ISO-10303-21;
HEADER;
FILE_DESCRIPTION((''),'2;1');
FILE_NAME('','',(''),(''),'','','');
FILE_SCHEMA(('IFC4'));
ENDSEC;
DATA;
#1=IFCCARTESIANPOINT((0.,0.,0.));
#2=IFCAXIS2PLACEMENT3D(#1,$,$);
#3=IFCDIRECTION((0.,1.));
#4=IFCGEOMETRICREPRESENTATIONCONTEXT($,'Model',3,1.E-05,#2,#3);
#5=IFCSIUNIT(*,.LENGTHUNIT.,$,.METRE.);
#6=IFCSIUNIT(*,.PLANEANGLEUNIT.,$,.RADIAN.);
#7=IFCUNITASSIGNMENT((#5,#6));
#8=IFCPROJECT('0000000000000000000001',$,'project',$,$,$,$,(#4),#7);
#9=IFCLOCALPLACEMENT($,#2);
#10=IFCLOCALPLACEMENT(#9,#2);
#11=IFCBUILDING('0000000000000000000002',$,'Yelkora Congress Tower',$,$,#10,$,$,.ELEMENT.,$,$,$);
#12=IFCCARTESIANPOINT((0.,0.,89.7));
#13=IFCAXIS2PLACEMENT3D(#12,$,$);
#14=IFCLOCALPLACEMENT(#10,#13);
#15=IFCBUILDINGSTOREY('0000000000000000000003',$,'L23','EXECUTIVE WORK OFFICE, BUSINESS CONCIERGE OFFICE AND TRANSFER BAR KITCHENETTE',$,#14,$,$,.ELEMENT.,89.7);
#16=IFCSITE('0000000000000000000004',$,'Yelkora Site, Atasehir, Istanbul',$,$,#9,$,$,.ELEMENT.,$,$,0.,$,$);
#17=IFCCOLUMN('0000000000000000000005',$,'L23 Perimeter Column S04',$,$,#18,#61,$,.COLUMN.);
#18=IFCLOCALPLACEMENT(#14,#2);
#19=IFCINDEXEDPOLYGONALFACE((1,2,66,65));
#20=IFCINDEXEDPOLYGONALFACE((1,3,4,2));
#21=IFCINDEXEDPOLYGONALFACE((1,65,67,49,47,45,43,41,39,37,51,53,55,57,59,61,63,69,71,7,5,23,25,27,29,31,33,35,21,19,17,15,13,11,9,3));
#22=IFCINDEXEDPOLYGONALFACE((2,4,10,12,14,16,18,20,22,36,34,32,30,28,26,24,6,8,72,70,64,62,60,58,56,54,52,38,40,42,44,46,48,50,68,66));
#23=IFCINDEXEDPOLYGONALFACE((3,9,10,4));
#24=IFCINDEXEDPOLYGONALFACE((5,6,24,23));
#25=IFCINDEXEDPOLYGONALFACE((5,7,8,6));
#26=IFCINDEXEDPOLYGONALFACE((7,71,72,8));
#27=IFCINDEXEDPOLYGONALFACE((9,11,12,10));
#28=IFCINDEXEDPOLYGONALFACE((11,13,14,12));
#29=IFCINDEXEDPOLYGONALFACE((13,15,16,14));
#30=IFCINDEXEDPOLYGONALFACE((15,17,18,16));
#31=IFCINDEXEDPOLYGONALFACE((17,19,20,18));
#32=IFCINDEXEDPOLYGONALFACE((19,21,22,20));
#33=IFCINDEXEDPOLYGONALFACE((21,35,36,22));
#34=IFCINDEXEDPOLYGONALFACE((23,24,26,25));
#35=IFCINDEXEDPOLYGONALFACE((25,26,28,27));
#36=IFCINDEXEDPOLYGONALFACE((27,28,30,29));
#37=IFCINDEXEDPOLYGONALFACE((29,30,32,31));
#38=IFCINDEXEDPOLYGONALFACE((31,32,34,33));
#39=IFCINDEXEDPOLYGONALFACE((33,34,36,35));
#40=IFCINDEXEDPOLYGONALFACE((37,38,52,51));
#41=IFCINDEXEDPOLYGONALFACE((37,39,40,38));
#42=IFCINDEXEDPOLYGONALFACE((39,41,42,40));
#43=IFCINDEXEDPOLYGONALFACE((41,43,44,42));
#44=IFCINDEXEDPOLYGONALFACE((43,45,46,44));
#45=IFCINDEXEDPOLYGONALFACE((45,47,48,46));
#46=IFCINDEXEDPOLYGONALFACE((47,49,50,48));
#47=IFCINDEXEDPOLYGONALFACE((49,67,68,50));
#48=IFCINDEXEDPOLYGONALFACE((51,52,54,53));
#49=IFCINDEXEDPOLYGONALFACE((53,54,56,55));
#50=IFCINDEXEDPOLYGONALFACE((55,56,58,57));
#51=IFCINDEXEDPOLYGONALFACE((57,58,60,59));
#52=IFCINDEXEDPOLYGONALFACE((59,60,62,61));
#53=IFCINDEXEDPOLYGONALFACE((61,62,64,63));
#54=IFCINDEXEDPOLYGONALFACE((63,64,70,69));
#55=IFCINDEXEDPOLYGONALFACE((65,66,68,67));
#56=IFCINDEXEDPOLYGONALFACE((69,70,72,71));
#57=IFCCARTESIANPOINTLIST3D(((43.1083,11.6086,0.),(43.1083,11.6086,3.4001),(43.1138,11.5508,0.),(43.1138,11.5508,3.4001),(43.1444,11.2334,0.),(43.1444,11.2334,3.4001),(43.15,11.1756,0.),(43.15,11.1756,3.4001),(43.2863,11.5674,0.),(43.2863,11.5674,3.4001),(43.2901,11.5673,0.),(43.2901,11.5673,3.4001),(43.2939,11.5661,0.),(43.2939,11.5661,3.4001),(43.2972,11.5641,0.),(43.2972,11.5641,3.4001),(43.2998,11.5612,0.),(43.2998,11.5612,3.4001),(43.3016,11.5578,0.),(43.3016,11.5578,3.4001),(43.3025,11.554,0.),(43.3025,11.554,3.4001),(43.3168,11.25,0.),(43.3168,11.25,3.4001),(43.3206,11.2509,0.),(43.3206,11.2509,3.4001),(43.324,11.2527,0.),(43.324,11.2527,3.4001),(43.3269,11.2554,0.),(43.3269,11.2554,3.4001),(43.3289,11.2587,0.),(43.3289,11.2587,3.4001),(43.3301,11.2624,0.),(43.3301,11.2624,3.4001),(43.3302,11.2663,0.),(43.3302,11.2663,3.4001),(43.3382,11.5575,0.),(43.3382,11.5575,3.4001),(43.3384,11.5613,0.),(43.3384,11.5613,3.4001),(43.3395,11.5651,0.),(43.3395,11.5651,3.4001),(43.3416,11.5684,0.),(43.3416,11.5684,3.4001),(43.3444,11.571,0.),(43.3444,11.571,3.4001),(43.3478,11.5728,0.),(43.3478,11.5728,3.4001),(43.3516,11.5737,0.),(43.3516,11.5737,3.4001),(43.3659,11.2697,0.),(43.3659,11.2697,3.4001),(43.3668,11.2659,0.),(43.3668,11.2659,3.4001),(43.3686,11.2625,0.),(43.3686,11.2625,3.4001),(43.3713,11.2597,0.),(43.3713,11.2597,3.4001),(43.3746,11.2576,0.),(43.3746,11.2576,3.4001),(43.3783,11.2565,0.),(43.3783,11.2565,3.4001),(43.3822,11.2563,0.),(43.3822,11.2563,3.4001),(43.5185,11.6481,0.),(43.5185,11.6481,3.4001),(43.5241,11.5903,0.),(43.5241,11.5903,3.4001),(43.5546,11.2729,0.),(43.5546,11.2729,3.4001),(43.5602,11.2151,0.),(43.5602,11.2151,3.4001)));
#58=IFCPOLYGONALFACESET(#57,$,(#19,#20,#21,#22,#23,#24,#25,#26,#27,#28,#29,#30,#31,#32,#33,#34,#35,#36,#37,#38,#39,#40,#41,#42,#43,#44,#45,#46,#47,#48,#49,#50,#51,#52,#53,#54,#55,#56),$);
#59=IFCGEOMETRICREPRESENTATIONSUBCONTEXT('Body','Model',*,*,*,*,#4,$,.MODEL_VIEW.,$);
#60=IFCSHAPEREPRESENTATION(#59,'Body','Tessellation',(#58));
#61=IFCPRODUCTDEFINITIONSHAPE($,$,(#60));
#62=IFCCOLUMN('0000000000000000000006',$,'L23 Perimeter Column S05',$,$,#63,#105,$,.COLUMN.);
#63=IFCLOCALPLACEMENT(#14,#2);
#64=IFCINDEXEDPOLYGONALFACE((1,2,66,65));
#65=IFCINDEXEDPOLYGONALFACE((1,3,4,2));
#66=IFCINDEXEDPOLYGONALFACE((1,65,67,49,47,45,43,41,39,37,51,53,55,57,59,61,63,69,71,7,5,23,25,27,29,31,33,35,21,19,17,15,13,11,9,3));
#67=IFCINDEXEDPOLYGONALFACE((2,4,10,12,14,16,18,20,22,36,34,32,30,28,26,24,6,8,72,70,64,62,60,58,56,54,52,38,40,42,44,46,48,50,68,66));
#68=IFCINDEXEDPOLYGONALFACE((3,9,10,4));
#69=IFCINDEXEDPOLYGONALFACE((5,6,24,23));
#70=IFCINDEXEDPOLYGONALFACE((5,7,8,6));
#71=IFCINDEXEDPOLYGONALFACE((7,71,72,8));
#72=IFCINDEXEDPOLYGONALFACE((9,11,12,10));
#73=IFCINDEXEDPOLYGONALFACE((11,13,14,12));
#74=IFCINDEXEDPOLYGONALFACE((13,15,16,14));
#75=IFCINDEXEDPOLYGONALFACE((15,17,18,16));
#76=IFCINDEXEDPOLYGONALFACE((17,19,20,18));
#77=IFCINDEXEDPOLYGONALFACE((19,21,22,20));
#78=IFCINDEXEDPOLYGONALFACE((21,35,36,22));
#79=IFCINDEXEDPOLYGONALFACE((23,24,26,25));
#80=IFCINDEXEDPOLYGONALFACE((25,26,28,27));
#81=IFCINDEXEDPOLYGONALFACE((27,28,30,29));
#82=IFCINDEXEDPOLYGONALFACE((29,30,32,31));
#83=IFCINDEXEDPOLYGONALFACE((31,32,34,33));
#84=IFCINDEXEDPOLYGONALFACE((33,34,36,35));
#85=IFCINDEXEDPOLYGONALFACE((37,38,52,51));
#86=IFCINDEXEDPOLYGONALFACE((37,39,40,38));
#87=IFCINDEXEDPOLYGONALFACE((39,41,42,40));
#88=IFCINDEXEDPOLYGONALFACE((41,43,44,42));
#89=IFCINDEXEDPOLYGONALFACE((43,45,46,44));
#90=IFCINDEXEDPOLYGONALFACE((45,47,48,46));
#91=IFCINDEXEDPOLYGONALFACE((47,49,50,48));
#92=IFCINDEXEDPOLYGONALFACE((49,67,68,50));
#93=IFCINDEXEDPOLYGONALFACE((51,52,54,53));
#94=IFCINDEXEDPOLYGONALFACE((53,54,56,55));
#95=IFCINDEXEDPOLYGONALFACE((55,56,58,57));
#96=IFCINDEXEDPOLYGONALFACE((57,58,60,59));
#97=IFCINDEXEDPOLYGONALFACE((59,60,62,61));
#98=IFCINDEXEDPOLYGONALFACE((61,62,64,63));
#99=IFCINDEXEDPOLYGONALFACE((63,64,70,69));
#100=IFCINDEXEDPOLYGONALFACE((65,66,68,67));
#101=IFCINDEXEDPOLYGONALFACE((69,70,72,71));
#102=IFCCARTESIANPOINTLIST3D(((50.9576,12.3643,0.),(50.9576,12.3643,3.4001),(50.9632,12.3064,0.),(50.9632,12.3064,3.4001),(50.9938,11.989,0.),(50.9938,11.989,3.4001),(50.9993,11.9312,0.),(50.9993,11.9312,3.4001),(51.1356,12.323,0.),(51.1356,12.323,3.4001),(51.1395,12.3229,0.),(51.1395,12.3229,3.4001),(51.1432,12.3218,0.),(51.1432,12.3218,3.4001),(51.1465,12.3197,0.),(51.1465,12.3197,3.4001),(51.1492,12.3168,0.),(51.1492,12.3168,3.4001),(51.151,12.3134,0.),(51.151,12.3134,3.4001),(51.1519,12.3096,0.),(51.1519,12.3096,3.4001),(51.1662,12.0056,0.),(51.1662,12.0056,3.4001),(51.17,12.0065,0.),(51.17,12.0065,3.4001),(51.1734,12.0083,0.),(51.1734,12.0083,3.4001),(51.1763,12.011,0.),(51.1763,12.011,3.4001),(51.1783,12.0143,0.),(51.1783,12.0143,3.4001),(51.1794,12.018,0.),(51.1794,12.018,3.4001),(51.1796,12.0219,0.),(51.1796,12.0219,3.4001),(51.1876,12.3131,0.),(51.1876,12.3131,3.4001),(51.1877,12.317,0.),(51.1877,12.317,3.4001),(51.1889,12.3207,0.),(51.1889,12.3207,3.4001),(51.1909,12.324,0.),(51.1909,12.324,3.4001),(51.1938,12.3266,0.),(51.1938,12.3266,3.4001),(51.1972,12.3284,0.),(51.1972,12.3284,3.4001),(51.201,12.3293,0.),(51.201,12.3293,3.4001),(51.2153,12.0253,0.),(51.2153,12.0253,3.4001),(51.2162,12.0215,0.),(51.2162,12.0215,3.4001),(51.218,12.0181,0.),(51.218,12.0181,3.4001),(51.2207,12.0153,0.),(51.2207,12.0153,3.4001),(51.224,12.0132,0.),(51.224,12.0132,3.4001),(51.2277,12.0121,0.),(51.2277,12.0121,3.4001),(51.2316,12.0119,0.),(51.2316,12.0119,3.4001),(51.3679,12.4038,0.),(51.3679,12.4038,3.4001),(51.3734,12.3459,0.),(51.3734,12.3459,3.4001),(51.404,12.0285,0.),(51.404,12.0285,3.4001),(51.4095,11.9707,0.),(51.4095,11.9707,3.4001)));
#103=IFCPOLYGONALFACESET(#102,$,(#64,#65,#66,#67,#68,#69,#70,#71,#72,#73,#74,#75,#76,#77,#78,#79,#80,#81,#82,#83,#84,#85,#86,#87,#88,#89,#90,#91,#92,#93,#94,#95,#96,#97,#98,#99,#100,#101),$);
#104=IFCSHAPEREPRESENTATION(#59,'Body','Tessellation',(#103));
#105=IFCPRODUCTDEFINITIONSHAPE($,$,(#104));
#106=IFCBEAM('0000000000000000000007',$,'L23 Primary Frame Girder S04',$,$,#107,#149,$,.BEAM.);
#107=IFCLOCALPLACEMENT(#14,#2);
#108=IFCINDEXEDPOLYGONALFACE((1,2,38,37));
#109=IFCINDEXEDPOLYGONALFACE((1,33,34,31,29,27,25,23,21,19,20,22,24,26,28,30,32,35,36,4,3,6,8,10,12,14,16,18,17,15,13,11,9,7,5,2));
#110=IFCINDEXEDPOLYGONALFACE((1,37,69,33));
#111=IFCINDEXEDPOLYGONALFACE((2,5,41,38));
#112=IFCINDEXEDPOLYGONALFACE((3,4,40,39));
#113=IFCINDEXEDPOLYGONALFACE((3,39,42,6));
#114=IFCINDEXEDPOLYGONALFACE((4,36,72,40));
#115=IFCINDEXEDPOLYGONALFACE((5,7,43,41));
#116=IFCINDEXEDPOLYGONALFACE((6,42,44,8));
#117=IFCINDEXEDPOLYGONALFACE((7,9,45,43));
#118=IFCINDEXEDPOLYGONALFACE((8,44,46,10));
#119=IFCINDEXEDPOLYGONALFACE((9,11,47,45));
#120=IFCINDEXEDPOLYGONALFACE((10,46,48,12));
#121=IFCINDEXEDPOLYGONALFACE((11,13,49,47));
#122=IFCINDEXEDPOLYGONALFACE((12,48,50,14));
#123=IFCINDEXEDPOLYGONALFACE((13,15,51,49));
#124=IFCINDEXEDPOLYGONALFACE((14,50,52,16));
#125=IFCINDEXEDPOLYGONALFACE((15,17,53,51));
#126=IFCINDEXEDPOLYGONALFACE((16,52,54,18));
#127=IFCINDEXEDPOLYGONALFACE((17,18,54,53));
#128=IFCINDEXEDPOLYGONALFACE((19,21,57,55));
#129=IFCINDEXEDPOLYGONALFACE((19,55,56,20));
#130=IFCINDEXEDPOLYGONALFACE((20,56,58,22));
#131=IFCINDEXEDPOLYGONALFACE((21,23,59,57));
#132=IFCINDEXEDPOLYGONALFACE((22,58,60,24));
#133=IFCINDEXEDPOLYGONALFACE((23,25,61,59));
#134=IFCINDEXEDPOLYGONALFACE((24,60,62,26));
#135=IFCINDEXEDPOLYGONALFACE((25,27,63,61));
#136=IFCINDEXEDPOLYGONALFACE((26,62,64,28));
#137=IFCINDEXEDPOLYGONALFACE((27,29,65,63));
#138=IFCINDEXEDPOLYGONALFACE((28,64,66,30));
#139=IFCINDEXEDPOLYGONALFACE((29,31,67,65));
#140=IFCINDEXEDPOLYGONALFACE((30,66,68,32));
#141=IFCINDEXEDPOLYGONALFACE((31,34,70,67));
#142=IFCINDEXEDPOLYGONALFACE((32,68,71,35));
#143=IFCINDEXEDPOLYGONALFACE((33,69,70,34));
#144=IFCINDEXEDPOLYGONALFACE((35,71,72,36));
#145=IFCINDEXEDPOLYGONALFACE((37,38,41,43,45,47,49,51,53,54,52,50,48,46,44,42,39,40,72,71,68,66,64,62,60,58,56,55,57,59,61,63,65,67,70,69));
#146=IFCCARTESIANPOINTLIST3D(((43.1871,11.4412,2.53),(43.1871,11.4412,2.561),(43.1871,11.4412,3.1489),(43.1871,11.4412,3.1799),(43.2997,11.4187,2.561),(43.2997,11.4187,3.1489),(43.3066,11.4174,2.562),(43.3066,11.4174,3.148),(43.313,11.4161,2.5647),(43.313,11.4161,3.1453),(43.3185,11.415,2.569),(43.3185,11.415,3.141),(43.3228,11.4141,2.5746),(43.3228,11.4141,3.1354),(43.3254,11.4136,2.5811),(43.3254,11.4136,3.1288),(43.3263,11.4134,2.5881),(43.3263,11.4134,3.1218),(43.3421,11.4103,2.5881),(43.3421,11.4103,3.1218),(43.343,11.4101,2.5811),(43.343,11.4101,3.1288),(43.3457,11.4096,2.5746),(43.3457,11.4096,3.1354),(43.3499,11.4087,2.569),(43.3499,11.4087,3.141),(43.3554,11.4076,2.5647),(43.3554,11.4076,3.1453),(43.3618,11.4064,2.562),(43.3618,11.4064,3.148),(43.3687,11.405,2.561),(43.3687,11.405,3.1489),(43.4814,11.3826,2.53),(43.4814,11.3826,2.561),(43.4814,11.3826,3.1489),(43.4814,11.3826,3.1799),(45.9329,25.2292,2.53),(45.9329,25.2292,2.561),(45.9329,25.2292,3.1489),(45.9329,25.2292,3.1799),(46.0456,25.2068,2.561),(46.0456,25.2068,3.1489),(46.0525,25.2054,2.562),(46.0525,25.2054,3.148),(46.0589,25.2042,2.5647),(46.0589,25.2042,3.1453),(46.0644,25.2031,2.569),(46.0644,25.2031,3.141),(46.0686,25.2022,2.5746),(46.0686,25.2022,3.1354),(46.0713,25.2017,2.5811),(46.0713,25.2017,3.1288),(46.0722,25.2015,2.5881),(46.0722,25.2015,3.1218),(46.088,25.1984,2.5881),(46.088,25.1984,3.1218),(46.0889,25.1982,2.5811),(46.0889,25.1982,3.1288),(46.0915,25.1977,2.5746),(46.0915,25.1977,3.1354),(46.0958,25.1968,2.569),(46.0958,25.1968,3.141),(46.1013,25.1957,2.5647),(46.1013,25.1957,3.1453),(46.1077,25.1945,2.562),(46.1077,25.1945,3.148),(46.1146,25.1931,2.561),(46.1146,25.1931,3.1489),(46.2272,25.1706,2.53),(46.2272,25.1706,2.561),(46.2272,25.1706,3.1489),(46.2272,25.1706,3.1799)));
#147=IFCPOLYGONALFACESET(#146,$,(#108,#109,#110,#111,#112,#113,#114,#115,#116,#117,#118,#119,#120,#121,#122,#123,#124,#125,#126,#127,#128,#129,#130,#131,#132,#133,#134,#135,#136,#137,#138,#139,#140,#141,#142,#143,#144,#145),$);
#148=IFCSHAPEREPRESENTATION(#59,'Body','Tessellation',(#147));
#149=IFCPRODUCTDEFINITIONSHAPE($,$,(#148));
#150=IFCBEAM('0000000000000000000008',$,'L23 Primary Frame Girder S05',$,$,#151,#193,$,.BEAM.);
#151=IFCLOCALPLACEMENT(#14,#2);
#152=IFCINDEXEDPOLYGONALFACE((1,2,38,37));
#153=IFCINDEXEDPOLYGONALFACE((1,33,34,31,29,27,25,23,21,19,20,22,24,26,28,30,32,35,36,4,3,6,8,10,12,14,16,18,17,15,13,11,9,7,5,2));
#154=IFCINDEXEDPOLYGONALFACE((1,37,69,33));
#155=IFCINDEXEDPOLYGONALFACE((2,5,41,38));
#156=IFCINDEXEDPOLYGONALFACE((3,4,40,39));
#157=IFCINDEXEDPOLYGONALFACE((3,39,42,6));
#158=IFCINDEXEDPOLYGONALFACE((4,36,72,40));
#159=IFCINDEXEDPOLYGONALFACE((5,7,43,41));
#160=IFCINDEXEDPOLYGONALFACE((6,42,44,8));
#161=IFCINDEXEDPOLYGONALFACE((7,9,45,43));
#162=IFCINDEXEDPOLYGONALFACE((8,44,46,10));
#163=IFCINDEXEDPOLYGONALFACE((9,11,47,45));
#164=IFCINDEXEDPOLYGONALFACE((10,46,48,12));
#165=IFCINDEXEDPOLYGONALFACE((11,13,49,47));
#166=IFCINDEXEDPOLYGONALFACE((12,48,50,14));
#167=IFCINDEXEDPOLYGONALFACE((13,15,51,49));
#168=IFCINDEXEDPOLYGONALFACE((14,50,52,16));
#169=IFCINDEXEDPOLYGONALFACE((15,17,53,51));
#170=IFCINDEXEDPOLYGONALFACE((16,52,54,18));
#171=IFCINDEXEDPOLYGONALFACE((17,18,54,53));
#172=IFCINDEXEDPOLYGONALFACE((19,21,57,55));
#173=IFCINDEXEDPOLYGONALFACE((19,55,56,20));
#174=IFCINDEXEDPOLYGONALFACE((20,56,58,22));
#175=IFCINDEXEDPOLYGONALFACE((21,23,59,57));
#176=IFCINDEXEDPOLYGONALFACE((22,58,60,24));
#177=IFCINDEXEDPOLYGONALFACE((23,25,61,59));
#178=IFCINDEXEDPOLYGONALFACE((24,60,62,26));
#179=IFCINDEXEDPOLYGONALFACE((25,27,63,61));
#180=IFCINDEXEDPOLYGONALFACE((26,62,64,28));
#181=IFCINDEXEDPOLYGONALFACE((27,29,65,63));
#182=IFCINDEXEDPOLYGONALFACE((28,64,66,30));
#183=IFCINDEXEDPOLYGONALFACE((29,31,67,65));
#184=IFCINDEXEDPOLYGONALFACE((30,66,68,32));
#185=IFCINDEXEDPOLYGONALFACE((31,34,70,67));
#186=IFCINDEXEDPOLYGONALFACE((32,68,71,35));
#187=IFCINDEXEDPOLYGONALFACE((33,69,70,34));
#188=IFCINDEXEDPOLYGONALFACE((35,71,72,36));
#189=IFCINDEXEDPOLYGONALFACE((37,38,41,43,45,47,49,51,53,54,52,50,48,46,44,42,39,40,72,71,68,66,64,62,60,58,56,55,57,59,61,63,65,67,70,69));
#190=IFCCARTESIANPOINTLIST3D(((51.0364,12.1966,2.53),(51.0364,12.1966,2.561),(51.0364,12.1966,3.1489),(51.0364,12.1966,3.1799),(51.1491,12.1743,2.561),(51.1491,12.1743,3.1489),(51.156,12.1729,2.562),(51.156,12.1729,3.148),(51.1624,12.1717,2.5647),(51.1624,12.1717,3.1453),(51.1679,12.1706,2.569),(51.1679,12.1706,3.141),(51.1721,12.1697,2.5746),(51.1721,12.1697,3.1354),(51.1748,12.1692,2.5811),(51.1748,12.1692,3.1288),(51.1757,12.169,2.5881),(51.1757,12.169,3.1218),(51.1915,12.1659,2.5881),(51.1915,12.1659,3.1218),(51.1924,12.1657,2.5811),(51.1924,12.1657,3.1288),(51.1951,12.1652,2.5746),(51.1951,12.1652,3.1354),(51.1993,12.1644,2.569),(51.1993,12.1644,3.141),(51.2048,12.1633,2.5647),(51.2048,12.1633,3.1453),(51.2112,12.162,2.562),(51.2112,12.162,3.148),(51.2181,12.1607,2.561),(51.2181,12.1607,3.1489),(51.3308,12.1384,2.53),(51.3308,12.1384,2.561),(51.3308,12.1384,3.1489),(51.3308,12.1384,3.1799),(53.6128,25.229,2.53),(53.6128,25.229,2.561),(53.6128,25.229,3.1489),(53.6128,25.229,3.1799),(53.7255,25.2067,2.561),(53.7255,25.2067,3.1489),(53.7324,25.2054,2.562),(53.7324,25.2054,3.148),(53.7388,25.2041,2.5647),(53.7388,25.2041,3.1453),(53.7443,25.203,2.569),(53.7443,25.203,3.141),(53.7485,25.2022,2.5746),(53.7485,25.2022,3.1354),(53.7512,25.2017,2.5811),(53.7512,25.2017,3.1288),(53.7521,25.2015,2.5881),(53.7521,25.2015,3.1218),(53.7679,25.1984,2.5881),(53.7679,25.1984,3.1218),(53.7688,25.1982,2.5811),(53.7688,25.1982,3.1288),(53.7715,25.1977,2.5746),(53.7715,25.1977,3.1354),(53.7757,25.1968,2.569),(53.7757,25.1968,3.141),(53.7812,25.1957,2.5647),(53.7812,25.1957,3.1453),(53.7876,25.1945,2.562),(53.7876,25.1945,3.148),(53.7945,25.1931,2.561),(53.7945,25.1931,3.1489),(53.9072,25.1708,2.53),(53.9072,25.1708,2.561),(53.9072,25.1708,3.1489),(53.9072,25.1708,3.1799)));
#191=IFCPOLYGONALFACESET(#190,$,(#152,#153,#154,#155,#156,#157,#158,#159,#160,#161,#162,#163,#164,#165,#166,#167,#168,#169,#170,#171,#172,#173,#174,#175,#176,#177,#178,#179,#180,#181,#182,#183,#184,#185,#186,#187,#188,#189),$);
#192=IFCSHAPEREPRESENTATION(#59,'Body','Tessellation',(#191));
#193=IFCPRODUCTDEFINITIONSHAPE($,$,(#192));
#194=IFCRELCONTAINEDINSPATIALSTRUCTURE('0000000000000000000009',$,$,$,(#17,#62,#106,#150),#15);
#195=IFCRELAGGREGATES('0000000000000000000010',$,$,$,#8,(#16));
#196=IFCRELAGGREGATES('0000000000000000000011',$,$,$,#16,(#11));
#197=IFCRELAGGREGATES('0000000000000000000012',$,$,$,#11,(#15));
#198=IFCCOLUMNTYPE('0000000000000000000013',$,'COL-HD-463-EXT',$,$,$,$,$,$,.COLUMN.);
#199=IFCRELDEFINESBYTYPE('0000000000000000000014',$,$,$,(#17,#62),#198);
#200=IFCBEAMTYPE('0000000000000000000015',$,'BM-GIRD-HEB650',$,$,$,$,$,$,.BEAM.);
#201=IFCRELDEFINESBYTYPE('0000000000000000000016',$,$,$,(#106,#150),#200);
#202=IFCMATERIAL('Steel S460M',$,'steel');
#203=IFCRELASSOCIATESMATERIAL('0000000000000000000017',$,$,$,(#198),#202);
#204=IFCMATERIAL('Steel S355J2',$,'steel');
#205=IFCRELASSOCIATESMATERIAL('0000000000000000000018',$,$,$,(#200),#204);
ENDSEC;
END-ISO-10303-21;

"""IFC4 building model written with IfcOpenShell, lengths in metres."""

from ifc_helpers import new_model, si_unit, direction, frame, origin, origin_2d, place, context, subcontext, project, spatial, i_section, extrude, material, material_profile, profile_set, type_object, element, save


model = new_model("IFC4")

# Units and contexts
model_context = context("Model", 3, precision=1e-05, world=origin(), true_north=direction((0.0, 1.0)))
body_context = subcontext(model_context, "Body", "Model", "MODEL_VIEW")
ifc_project = project(units=[si_unit("LENGTHUNIT", "METRE"), si_unit("PLANEANGLEUNIT", "RADIAN")], contexts=[model_context])

# Site, building, storey
site_placement = place(None, origin())
site = spatial("IfcSite", under=ifc_project, at=site_placement, Name="Yelkora Site, Atasehir, Istanbul", CompositionType="ELEMENT", RefElevation=0.0)
building_placement = place(site_placement, origin())
building = spatial("IfcBuilding", under=site, at=building_placement, Name="Yelkora Congress Tower", CompositionType="ELEMENT")
storey_placement = place(building_placement, frame((0.0, 0.0, 89.7)))
storey = spatial("IfcBuildingStorey", under=building, at=storey_placement, Name="L23", Description="EXECUTIVE WORK OFFICE, BUSINESS CONCIERGE OFFICE AND TRANSFER BAR KITCHENETTE", CompositionType="ELEMENT", Elevation=89.7)

# Columns
ifc_material_1 = material(Name="Steel S460M", Category="steel")
ifc_material_profile_1 = material_profile(ifc_material_1, i_section(OverallWidth=0.4121, OverallDepth=0.4351, WebThickness=0.0359, FlangeThickness=0.0581, FilletRadius=0.0149, at=origin_2d()), Name="HD 400x463")
ifc_profile_set_1 = profile_set([ifc_material_profile_1], Name="Steel S460M")
column_type = type_object("IfcColumnType", Name="COL-HD-463-EXT", PredefinedType="COLUMN", material=ifc_profile_set_1)
for number, where, z_axis, x_axis, name in (
    (1, (43.3342, 11.4119, 0.0), (0.0, 0.0, 1.0), (0.995396, 0.095846, 0.0), "L23 Perimeter Column S04"),
    (2, (51.1836, 12.1675, 0.0), (0.0, 0.0, 1.0), (0.995396, 0.095846, 0.0), "L23 Perimeter Column S05"),
):
    element("IfcColumn", number, at=place(storey_placement, frame(where, z_axis=z_axis, x_axis=x_axis)), inside=storey, type_object=column_type, Name=name, PredefinedType="COLUMN", context=body_context, shape_type="SweptSolid", body=[
        extrude(i_section(OverallWidth=0.4121, OverallDepth=0.4351, WebThickness=0.0359, FlangeThickness=0.0581, FilletRadius=0.0149, at=origin_2d()), origin(), (0.0, 0.0, 1.0), 3.4001),
    ])

# Beams
ifc_material_2 = material(Name="Steel S355J2", Category="steel")
ifc_material_profile_2 = material_profile(ifc_material_2, i_section(OverallWidth=0.3, OverallDepth=0.6499, WebThickness=0.0161, FlangeThickness=0.031, FilletRadius=0.0271, at=origin_2d()), Name="HEB 650")
ifc_profile_set_2 = profile_set([ifc_material_profile_2], Name="Steel S355J2")
beam_type_1 = type_object("IfcBeamType", Name="BM-GIRD-HEB650", PredefinedType="BEAM", material=ifc_profile_set_2)
beam_1_placement = place(storey_placement, frame((43.3342, 11.4119, 2.855), z_axis=(0.195311, 0.980741, 0.0), x_axis=(-0.980741, 0.195311, 0.0)))
element("IfcBeam", 3, at=beam_1_placement, inside=storey, type_object=beam_type_1, Name="L23 Primary Frame Girder S04", PredefinedType="BEAM", context=body_context, shape_type="SweptSolid", body=[
    extrude(i_section(OverallWidth=0.3, OverallDepth=0.6499, WebThickness=0.0161, FlangeThickness=0.031, FilletRadius=0.0271, at=origin_2d()), origin(), (0.0, 0.0, 1.0), 14.0588),
])
beam_2_placement = place(storey_placement, frame((51.1836, 12.1675, 2.855), z_axis=(0.193939, 0.981014, 0.0), x_axis=(-0.981014, 0.193939, 0.0)))
element("IfcBeam", 4, at=beam_2_placement, inside=storey, type_object=beam_type_1, Name="L23 Primary Frame Girder S05", PredefinedType="BEAM", context=body_context, shape_type="SweptSolid", body=[
    extrude(i_section(OverallWidth=0.3, OverallDepth=0.6499, WebThickness=0.0161, FlangeThickness=0.031, FilletRadius=0.0271, at=origin_2d()), origin(), (0.0, 0.0, 1.0), 13.2847),
])

save(model, "model.ifc")
